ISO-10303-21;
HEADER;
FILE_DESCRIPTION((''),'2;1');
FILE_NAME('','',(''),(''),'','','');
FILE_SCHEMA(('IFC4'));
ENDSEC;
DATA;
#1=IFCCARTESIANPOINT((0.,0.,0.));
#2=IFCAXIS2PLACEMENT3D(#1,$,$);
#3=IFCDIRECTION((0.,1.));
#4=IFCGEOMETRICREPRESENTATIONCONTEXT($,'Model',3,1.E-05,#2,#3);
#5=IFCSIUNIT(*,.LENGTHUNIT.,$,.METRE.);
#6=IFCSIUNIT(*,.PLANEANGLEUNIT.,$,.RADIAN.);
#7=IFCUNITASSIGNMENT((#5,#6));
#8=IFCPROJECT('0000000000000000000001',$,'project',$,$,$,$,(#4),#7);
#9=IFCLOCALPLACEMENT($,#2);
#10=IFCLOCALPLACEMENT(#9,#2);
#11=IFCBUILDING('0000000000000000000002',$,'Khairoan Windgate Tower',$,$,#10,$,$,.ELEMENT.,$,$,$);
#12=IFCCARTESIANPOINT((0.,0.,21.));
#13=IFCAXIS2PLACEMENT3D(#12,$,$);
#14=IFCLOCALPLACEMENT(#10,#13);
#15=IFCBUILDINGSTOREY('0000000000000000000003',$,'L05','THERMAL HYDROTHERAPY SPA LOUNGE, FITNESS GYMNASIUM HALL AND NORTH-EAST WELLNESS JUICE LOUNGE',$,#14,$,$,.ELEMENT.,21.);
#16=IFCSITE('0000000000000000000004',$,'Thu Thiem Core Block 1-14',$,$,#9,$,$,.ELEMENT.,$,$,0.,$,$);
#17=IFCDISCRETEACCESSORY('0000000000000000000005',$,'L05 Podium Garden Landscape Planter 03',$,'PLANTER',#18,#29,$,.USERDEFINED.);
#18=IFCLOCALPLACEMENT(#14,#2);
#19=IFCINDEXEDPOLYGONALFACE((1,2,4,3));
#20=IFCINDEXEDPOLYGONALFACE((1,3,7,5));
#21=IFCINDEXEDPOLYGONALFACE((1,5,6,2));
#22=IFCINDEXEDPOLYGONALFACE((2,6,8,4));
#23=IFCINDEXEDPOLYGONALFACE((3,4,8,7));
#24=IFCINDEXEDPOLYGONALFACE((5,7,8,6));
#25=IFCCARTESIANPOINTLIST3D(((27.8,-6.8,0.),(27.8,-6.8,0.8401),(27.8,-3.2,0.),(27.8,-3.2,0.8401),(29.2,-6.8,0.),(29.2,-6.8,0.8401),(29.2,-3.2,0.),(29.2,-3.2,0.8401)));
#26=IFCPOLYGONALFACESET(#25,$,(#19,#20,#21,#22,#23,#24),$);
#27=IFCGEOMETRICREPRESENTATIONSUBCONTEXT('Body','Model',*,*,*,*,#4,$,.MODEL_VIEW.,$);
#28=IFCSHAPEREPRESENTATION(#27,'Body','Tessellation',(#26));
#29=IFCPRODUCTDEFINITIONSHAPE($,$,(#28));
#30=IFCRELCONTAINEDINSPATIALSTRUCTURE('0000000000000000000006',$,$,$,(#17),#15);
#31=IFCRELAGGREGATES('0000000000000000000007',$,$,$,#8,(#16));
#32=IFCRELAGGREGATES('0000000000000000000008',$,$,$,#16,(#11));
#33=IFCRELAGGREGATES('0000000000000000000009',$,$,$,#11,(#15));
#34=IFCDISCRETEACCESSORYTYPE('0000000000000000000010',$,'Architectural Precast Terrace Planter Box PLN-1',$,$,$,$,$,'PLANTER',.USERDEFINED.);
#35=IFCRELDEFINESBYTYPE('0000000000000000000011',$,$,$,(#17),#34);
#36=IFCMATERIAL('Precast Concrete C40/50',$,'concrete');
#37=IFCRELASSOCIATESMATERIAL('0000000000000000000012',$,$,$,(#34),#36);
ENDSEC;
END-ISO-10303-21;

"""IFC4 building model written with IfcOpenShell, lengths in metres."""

from ifc_helpers import new_model, si_unit, direction, frame, origin, origin_2d, place, context, subcontext, project, spatial, rectangle, extrude, material, type_object, element, save


model = new_model("IFC4")

# Units and contexts
model_context = context("Model", 3, precision=1e-05, world=origin(), true_north=direction((0.0, 1.0)))
body_context = subcontext(model_context, "Body", "Model", "MODEL_VIEW")
ifc_project = project(units=[si_unit("LENGTHUNIT", "METRE"), si_unit("PLANEANGLEUNIT", "RADIAN")], contexts=[model_context])

# Site, building, storey
site_placement = place(None, origin())
site = spatial("IfcSite", under=ifc_project, at=site_placement, Name="Thu Thiem Core Block 1-14", CompositionType="ELEMENT", RefElevation=0.0)
building_placement = place(site_placement, origin())
building = spatial("IfcBuilding", under=site, at=building_placement, Name="Khairoan Windgate Tower", CompositionType="ELEMENT")
storey_placement = place(building_placement, frame((0.0, 0.0, 21.0)))
storey = spatial("IfcBuildingStorey", under=building, at=storey_placement, Name="L05", Description="THERMAL HYDROTHERAPY SPA LOUNGE, FITNESS GYMNASIUM HALL AND NORTH-EAST WELLNESS JUICE LOUNGE", CompositionType="ELEMENT", Elevation=21.0)

# Discrete accessory
ifc_material_1 = material(Name="Precast Concrete C40/50", Category="concrete")
discrete_accessory_type = type_object("IfcDiscreteAccessoryType", Name="Architectural Precast Terrace Planter Box PLN-1", ElementType="PLANTER", PredefinedType="USERDEFINED", material=ifc_material_1)
discrete_accessory_placement = place(storey_placement, frame((28.5, -5.0, 0.0), z_axis=(0.0, 0.0, 1.0), x_axis=(1.0, 0.0, 0.0)))
element("IfcDiscreteAccessory", 1, at=discrete_accessory_placement, inside=storey, type_object=discrete_accessory_type, Name="L05 Podium Garden Landscape Planter 03", ObjectType="PLANTER", PredefinedType="USERDEFINED", context=body_context, shape_type="SweptSolid", body=[
    extrude(rectangle(XDim=1.3999, YDim=3.6001, at=origin_2d()), origin(), (0.0, 0.0, 1.0), 0.8401),
])

save(model, "model.ifc")
